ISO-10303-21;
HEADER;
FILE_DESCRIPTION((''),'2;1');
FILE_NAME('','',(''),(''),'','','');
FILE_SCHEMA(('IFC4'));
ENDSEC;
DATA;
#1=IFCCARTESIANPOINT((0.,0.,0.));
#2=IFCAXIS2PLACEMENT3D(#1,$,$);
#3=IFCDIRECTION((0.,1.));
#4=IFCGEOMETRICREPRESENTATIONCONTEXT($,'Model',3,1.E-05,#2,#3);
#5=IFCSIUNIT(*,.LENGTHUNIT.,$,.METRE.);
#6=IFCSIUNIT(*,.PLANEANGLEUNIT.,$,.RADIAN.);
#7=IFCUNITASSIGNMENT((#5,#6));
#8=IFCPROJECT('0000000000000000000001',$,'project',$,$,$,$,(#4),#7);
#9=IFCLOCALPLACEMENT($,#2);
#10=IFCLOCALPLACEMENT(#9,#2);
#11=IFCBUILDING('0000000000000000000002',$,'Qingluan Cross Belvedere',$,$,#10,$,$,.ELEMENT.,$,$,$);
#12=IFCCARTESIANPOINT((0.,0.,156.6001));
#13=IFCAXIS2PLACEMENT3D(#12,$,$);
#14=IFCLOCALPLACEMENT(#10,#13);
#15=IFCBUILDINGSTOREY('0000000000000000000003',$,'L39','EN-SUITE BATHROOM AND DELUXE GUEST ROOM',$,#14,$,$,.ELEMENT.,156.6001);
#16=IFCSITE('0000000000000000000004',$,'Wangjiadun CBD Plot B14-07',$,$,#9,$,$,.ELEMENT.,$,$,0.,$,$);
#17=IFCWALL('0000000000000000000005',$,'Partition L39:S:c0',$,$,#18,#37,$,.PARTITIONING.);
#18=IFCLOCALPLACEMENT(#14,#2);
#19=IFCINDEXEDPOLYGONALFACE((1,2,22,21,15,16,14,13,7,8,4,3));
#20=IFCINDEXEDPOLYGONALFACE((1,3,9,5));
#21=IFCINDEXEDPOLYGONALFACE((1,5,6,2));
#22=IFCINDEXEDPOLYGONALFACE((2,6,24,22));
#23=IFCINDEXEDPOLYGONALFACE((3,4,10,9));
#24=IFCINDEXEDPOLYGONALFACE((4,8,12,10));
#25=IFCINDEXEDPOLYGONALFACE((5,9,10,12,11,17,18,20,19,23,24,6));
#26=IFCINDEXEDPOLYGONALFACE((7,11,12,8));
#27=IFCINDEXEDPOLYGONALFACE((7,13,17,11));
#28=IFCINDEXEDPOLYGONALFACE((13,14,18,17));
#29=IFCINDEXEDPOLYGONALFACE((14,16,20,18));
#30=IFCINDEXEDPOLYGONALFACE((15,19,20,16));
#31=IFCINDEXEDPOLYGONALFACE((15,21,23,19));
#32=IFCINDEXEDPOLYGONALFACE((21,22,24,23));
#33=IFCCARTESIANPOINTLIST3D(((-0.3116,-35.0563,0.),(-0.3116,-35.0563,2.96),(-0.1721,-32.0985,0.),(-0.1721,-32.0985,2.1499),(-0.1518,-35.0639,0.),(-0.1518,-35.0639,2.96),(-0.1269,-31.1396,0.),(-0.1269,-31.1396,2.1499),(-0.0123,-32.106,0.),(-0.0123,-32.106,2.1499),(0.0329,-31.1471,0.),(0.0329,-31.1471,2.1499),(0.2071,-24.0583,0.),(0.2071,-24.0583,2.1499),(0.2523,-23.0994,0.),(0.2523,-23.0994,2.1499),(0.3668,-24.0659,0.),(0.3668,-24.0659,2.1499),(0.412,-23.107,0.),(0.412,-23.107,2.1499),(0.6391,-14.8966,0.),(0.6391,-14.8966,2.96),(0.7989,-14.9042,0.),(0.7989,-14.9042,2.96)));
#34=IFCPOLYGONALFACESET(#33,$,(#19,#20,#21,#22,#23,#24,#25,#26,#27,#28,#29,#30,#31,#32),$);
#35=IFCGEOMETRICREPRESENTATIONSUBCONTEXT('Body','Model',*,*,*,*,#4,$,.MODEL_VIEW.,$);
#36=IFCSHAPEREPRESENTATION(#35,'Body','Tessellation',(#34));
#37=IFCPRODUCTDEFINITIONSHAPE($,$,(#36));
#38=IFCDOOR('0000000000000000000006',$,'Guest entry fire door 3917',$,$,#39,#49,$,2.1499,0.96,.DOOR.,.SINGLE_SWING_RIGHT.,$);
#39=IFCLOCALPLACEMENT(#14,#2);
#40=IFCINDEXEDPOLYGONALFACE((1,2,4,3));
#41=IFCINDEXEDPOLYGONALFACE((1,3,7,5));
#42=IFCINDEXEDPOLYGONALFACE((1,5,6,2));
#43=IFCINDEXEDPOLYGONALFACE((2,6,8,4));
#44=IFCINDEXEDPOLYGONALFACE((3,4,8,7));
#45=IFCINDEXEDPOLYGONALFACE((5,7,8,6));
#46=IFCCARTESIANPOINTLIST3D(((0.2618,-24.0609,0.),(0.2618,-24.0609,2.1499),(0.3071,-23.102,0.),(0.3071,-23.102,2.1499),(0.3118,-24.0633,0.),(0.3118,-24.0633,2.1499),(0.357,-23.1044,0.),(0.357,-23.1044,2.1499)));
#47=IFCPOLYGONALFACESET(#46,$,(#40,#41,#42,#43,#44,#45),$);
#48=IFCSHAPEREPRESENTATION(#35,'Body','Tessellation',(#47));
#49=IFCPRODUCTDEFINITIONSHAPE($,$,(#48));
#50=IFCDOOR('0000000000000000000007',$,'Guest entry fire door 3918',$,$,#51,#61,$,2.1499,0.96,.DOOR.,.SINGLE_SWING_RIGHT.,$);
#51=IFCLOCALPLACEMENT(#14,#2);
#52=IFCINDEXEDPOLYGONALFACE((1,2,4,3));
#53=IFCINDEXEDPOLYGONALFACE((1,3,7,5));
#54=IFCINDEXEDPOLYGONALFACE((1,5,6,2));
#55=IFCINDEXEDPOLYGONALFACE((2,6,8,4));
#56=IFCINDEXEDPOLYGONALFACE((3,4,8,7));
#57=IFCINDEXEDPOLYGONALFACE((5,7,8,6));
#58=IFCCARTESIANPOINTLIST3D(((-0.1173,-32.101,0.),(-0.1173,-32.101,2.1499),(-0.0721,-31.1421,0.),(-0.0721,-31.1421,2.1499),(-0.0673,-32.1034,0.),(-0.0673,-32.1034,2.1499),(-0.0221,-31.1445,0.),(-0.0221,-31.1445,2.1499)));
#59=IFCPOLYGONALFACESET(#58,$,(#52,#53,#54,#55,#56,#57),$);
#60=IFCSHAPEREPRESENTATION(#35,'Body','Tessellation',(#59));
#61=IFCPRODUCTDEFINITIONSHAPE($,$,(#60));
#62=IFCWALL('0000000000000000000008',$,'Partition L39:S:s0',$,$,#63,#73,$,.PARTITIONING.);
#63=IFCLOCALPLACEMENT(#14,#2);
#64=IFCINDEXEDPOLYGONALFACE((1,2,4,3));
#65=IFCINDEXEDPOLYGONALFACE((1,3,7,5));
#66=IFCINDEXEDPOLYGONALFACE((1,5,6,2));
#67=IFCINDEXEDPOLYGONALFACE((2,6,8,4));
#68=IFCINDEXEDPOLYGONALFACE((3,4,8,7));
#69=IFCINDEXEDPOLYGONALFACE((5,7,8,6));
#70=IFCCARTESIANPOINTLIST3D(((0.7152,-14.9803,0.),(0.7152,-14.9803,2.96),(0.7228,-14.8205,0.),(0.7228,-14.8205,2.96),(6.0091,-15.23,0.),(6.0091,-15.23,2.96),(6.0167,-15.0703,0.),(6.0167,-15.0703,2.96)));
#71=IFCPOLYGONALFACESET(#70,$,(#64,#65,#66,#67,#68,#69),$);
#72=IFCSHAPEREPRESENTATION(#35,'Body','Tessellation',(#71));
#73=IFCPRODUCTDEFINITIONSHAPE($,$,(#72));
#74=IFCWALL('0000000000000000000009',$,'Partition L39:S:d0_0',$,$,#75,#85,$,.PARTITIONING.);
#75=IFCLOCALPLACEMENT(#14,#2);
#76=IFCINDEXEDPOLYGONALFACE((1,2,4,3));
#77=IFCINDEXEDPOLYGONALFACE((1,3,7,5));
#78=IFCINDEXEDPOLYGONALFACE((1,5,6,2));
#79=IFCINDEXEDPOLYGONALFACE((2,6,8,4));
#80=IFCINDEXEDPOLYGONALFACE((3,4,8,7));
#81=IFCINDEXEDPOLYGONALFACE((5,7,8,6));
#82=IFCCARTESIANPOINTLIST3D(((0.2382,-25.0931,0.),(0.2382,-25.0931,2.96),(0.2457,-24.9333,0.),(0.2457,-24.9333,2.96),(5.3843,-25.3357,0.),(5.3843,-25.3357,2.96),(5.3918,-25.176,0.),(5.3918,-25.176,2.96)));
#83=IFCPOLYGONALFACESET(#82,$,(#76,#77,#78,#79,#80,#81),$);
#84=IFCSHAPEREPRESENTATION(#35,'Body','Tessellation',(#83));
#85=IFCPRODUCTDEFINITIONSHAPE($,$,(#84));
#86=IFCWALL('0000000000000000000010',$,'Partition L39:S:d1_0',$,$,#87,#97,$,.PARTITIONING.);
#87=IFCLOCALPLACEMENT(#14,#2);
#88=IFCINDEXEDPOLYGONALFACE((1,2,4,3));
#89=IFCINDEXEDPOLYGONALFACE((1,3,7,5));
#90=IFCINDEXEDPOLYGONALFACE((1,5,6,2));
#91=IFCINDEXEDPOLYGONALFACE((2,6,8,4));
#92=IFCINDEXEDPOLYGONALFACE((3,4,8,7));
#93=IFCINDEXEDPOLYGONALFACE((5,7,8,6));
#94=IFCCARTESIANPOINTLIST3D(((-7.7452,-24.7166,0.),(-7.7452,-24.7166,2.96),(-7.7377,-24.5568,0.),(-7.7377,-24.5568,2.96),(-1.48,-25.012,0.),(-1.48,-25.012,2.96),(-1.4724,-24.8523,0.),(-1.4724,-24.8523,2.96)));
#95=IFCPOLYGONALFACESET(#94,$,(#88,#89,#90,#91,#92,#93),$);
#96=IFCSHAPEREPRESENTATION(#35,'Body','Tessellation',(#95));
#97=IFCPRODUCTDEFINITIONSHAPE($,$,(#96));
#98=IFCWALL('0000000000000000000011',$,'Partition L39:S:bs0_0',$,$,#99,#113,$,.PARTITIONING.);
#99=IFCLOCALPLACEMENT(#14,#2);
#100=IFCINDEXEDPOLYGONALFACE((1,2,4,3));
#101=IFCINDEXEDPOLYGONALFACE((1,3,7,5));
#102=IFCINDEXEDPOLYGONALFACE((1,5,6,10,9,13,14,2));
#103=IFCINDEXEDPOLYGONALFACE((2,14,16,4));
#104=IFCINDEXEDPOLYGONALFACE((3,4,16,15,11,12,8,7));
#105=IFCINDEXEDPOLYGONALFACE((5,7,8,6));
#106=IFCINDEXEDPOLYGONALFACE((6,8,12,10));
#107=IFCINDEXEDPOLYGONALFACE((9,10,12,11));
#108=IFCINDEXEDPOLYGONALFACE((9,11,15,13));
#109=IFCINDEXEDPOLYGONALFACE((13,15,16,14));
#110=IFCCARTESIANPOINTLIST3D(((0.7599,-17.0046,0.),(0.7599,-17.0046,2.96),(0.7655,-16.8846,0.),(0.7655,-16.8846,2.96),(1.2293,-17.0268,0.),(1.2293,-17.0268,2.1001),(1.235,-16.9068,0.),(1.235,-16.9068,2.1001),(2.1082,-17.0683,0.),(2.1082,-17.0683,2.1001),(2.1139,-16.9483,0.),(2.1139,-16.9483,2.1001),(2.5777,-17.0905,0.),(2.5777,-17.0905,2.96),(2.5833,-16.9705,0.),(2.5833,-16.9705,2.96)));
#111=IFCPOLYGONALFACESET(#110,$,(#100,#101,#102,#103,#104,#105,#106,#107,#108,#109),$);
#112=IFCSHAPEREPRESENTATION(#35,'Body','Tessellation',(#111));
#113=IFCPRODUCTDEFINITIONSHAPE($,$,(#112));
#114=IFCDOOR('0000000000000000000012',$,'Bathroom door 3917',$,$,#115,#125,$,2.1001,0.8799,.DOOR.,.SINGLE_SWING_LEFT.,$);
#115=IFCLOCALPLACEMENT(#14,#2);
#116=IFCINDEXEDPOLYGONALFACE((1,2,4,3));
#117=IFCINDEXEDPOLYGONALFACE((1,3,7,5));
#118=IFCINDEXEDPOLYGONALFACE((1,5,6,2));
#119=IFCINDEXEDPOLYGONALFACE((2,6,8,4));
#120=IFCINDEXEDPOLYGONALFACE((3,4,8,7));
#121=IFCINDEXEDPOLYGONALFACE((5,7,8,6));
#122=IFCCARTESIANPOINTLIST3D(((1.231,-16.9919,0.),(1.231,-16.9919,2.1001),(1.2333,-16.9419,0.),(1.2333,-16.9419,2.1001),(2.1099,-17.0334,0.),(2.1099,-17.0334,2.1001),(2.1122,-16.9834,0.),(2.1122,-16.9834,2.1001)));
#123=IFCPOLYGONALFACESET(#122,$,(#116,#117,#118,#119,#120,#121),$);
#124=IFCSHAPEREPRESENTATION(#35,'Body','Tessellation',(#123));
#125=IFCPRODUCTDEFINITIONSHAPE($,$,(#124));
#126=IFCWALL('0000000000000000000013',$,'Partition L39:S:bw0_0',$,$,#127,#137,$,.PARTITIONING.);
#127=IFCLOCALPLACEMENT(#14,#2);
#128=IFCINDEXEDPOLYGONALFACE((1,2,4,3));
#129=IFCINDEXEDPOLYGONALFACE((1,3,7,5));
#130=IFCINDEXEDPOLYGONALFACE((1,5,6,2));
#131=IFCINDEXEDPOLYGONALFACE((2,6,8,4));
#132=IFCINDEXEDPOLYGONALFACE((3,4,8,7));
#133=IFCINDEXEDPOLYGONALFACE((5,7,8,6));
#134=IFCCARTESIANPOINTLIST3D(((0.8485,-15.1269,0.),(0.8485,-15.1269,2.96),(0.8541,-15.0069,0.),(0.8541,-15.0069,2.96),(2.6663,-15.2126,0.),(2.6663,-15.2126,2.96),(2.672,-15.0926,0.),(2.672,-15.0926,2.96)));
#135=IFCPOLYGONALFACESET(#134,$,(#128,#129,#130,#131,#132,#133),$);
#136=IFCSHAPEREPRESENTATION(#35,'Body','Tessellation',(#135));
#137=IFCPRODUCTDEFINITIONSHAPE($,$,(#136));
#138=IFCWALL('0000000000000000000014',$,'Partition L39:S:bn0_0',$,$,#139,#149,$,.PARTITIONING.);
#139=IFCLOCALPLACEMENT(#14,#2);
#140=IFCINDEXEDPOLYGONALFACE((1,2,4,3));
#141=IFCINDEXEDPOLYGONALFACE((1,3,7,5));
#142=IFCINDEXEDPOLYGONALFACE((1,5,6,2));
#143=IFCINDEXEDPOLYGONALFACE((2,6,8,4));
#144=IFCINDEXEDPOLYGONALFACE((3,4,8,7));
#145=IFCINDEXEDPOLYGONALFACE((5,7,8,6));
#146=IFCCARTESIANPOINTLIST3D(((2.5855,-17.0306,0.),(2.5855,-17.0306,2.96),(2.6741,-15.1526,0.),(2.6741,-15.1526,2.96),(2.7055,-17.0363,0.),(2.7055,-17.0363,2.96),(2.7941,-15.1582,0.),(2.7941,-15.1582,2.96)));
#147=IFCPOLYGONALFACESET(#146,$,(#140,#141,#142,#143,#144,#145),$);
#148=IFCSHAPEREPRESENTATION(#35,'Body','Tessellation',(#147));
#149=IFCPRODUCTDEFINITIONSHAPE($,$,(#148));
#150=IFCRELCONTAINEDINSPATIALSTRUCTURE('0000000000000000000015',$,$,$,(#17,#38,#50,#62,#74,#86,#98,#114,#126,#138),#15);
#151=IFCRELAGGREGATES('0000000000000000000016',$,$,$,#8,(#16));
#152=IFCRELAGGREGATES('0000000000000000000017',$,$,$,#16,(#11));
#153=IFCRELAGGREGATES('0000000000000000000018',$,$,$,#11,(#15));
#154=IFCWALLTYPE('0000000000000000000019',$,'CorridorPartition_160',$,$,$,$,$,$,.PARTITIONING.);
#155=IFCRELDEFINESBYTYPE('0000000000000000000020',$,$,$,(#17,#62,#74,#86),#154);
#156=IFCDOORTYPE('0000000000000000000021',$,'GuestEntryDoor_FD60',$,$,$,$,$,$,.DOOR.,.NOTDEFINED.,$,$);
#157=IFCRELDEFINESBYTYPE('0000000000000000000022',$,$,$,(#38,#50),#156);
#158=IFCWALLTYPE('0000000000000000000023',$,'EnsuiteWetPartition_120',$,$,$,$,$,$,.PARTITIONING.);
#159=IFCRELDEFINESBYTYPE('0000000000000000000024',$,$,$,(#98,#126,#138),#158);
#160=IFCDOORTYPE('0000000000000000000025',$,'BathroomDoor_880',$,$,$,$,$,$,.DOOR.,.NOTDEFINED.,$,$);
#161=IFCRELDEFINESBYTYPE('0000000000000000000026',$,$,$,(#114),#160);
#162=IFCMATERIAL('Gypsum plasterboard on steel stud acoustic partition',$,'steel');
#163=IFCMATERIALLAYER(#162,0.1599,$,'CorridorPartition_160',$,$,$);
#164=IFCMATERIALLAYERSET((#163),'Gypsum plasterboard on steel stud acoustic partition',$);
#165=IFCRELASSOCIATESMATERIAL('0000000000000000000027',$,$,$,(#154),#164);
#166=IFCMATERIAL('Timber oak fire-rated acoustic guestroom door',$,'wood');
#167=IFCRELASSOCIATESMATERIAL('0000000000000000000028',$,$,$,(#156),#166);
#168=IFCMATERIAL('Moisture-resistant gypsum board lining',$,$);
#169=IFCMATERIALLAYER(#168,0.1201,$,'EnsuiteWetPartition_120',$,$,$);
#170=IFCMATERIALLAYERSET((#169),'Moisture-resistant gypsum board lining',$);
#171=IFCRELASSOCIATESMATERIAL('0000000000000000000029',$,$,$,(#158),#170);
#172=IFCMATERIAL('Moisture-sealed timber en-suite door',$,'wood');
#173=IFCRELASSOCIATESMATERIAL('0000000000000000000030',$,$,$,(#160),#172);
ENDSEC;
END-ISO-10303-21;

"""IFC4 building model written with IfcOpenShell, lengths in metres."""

from ifc_helpers import new_model, si_unit, direction, frame, frame_2d, origin, place, context, subcontext, project, spatial, rectangle, extrude, material, layer, layer_set, type_object, element, fill, save


model = new_model("IFC4")

# Units and contexts
model_context = context("Model", 3, precision=1e-05, world=origin(), true_north=direction((0.0, 1.0)))
body_context = subcontext(model_context, "Body", "Model", "MODEL_VIEW")
ifc_project = project(units=[si_unit("LENGTHUNIT", "METRE"), si_unit("PLANEANGLEUNIT", "RADIAN")], contexts=[model_context])

# Site, building, storey
site_placement = place(None, origin())
site = spatial("IfcSite", under=ifc_project, at=site_placement, Name="Wangjiadun CBD Plot B14-07", CompositionType="ELEMENT", RefElevation=0.0)
building_placement = place(site_placement, origin())
building = spatial("IfcBuilding", under=site, at=building_placement, Name="Qingluan Cross Belvedere", CompositionType="ELEMENT")
storey_placement = place(building_placement, frame((0.0, 0.0, 156.6001)))
storey = spatial("IfcBuildingStorey", under=building, at=storey_placement, Name="L39", Description="EN-SUITE BATHROOM AND DELUXE GUEST ROOM", CompositionType="ELEMENT", Elevation=156.6001)

# Wall, openings, doors
ifc_material_1 = material(Name="Gypsum plasterboard on steel stud acoustic partition", Category="steel")
ifc_layer_1 = layer(ifc_material_1, 0.1599, Name="CorridorPartition_160")
ifc_layer_set_1 = layer_set([ifc_layer_1], Name="Gypsum plasterboard on steel stud acoustic partition")
wall_type_1 = type_object("IfcWallType", Name="CorridorPartition_160", PredefinedType="PARTITIONING", material=ifc_layer_set_1)
wall_1_placement = place(storey_placement, frame((0.719, -14.9004, 0.0), z_axis=(0.0, 0.0, 1.0), x_axis=(-0.047105, -0.99889, 0.0)))
wall_1 = element("IfcWall", 1, at=wall_1_placement, inside=storey, type_object=wall_type_1, Name="Partition L39:S:c0", PredefinedType="PARTITIONING", context=body_context, shape_type="SweptSolid", body=[
    extrude(rectangle(XDim=20.1821, YDim=0.1599, at=frame_2d((10.0911, 0.0))), origin(), (0.0, 0.0, 1.0), 2.96),
])
opening_1_placement = place(wall_1_placement, frame((8.2119, 0.0, 0.0)))
opening_1 = element("IfcOpeningElement", 2, at=opening_1_placement, cuts=wall_1, PredefinedType="OPENING", context=body_context, shape_type="SweptSolid", body=[
    extrude(rectangle(XDim=0.96, YDim=2.1499, at=frame_2d((0.48, 1.075))), frame((0.0, 0.0898, 0.0), z_axis=(0.0, -1.0, 0.0), x_axis=(1.0, 0.0, 0.0)), (0.0, 0.0, 1.0), 0.1799),
])
opening_2_placement = place(wall_1_placement, frame((16.261, 0.0, 0.0)))
opening_2 = element("IfcOpeningElement", 3, at=opening_2_placement, cuts=wall_1, PredefinedType="OPENING", context=body_context, shape_type="SweptSolid", body=[
    extrude(rectangle(XDim=0.96, YDim=2.1499, at=frame_2d((0.48, 1.075))), frame((0.0, 0.0898, 0.0), z_axis=(0.0, -1.0, 0.0), x_axis=(1.0, 0.0, 0.0)), (0.0, 0.0, 1.0), 0.1799),
])
ifc_material_2 = material(Name="Timber oak fire-rated acoustic guestroom door", Category="wood")
door_type_1 = type_object("IfcDoorType", Name="GuestEntryDoor_FD60", OperationType="NOTDEFINED", PredefinedType="DOOR", material=ifc_material_2)
door_1_placement = place(opening_1_placement, origin())
door_1 = element("IfcDoor", 4, at=door_1_placement, inside=storey, type_object=door_type_1, Name="Guest entry fire door 3917", OperationType="SINGLE_SWING_RIGHT", OverallHeight=2.1499, OverallWidth=0.96, PredefinedType="DOOR", context=body_context, shape_type="SweptSolid", body=[
    extrude(rectangle(XDim=0.96, YDim=2.1499, at=frame_2d((0.48, 1.075))), frame((0.0, 0.0249, 0.0), z_axis=(0.0, -1.0, 0.0), x_axis=(1.0, 0.0, 0.0)), (0.0, 0.0, 1.0), 0.05),
])
fill(opening_1, door_1)
door_2_placement = place(opening_2_placement, origin())
door_2 = element("IfcDoor", 5, at=door_2_placement, inside=storey, type_object=door_type_1, Name="Guest entry fire door 3918", OperationType="SINGLE_SWING_RIGHT", OverallHeight=2.1499, OverallWidth=0.96, PredefinedType="DOOR", context=body_context, shape_type="SweptSolid", body=[
    extrude(rectangle(XDim=0.96, YDim=2.1499, at=frame_2d((0.48, 1.075))), frame((0.0, 0.0249, 0.0), z_axis=(0.0, -1.0, 0.0), x_axis=(1.0, 0.0, 0.0)), (0.0, 0.0, 1.0), 0.05),
])
fill(opening_2, door_2)

# Walls
wall_2_placement = place(storey_placement, frame((0.719, -14.9004, 0.0), z_axis=(0.0, 0.0, 1.0), x_axis=(0.998889, -0.047125, 0.0)))
element("IfcWall", 6, at=wall_2_placement, inside=storey, type_object=wall_type_1, Name="Partition L39:S:s0", PredefinedType="PARTITIONING", context=body_context, shape_type="SweptSolid", body=[
    extrude(rectangle(XDim=5.2998, YDim=0.1599, at=frame_2d((2.6499, 0.0))), origin(), (0.0, 0.0, 1.0), 2.96),
])
wall_3_placement = place(storey_placement, frame((0.2419, -25.0132, 0.0), z_axis=(0.0, 0.0, 1.0), x_axis=(0.99889, -0.047104, 0.0)))
element("IfcWall", 7, at=wall_3_placement, inside=storey, type_object=wall_type_1, Name="Partition L39:S:d0_0", PredefinedType="PARTITIONING", context=body_context, shape_type="SweptSolid", body=[
    extrude(rectangle(XDim=5.1519, YDim=0.1599, at=frame_2d((2.5759, 0.0))), origin(), (0.0, 0.0, 1.0), 2.96),
])
wall_4_placement = place(storey_placement, frame((-1.4761, -24.9321, 0.0), z_axis=(0.0, 0.0, 1.0), x_axis=(-0.99889, 0.047099, 0.0)))
element("IfcWall", 8, at=wall_4_placement, inside=storey, type_object=wall_type_1, Name="Partition L39:S:d1_0", PredefinedType="PARTITIONING", context=body_context, shape_type="SweptSolid", body=[
    extrude(rectangle(XDim=6.2722, YDim=0.1599, at=frame_2d((3.1362, 0.0))), origin(), (0.0, 0.0, 1.0), 2.96),
])

# Wall, opening, door
ifc_material_3 = material(Name="Moisture-resistant gypsum board lining")
ifc_layer_2 = layer(ifc_material_3, 0.1201, Name="EnsuiteWetPartition_120")
ifc_layer_set_2 = layer_set([ifc_layer_2], Name="Moisture-resistant gypsum board lining")
wall_type_2 = type_object("IfcWallType", Name="EnsuiteWetPartition_120", PredefinedType="PARTITIONING", material=ifc_layer_set_2)
wall_5_placement = place(storey_placement, frame((0.7627, -16.9446, 0.0), z_axis=(0.0, 0.0, 1.0), x_axis=(0.998884, -0.047221, 0.0)))
wall_5 = element("IfcWall", 9, at=wall_5_placement, inside=storey, type_object=wall_type_2, Name="Partition L39:S:bs0_0", PredefinedType="PARTITIONING", context=body_context, shape_type="SweptSolid", body=[
    extrude(rectangle(XDim=1.8198, YDim=0.1201, at=frame_2d((0.9099, 0.0))), origin(), (0.0, 0.0, 1.0), 2.96),
])
opening_3_placement = place(wall_5_placement, frame((0.47, 0.0, 0.0)))
opening_3 = element("IfcOpeningElement", 10, at=opening_3_placement, cuts=wall_5, PredefinedType="OPENING", context=body_context, shape_type="SweptSolid", body=[
    extrude(rectangle(XDim=0.8799, YDim=2.1001, at=frame_2d((0.4399, 1.05))), frame((0.0, 0.0701, 0.0), z_axis=(0.0, -1.0, 0.0), x_axis=(1.0, 0.0, 0.0)), (0.0, 0.0, 1.0), 0.1401),
])
ifc_material_4 = material(Name="Moisture-sealed timber en-suite door", Category="wood")
door_type_2 = type_object("IfcDoorType", Name="BathroomDoor_880", OperationType="NOTDEFINED", PredefinedType="DOOR", material=ifc_material_4)
door_3_placement = place(opening_3_placement, origin())
door_3 = element("IfcDoor", 11, at=door_3_placement, inside=storey, type_object=door_type_2, Name="Bathroom door 3917", OperationType="SINGLE_SWING_LEFT", OverallHeight=2.1001, OverallWidth=0.8799, PredefinedType="DOOR", context=body_context, shape_type="SweptSolid", body=[
    extrude(rectangle(XDim=0.8799, YDim=2.1001, at=frame_2d((0.4399, 1.05))), frame((0.0, 0.0249, 0.0), z_axis=(0.0, -1.0, 0.0), x_axis=(1.0, 0.0, 0.0)), (0.0, 0.0, 1.0), 0.05),
])
fill(opening_3, door_3)

# Walls
wall_6_placement = place(storey_placement, frame((0.8513, -15.0669, 0.0), z_axis=(0.0, 0.0, 1.0), x_axis=(0.998891, -0.047087, 0.0)))
element("IfcWall", 12, at=wall_6_placement, inside=storey, type_object=wall_type_2, Name="Partition L39:S:bw0_0", PredefinedType="PARTITIONING", context=body_context, shape_type="SweptSolid", body=[
    extrude(rectangle(XDim=1.8198, YDim=0.1201, at=frame_2d((0.9099, 0.0))), origin(), (0.0, 0.0, 1.0), 2.96),
])
wall_7_placement = place(storey_placement, frame((2.7341, -15.1555, 0.0), z_axis=(0.0, 0.0, 1.0), x_axis=(-0.047139, -0.998888, 0.0)))
element("IfcWall", 13, at=wall_7_placement, inside=storey, type_object=wall_type_2, Name="Partition L39:S:bn0_0", PredefinedType="PARTITIONING", context=body_context, shape_type="SweptSolid", body=[
    extrude(rectangle(XDim=1.8801, YDim=0.1201, at=frame_2d((0.9399, 0.0))), origin(), (0.0, 0.0, 1.0), 2.96),
])

save(model, "model.ifc")
